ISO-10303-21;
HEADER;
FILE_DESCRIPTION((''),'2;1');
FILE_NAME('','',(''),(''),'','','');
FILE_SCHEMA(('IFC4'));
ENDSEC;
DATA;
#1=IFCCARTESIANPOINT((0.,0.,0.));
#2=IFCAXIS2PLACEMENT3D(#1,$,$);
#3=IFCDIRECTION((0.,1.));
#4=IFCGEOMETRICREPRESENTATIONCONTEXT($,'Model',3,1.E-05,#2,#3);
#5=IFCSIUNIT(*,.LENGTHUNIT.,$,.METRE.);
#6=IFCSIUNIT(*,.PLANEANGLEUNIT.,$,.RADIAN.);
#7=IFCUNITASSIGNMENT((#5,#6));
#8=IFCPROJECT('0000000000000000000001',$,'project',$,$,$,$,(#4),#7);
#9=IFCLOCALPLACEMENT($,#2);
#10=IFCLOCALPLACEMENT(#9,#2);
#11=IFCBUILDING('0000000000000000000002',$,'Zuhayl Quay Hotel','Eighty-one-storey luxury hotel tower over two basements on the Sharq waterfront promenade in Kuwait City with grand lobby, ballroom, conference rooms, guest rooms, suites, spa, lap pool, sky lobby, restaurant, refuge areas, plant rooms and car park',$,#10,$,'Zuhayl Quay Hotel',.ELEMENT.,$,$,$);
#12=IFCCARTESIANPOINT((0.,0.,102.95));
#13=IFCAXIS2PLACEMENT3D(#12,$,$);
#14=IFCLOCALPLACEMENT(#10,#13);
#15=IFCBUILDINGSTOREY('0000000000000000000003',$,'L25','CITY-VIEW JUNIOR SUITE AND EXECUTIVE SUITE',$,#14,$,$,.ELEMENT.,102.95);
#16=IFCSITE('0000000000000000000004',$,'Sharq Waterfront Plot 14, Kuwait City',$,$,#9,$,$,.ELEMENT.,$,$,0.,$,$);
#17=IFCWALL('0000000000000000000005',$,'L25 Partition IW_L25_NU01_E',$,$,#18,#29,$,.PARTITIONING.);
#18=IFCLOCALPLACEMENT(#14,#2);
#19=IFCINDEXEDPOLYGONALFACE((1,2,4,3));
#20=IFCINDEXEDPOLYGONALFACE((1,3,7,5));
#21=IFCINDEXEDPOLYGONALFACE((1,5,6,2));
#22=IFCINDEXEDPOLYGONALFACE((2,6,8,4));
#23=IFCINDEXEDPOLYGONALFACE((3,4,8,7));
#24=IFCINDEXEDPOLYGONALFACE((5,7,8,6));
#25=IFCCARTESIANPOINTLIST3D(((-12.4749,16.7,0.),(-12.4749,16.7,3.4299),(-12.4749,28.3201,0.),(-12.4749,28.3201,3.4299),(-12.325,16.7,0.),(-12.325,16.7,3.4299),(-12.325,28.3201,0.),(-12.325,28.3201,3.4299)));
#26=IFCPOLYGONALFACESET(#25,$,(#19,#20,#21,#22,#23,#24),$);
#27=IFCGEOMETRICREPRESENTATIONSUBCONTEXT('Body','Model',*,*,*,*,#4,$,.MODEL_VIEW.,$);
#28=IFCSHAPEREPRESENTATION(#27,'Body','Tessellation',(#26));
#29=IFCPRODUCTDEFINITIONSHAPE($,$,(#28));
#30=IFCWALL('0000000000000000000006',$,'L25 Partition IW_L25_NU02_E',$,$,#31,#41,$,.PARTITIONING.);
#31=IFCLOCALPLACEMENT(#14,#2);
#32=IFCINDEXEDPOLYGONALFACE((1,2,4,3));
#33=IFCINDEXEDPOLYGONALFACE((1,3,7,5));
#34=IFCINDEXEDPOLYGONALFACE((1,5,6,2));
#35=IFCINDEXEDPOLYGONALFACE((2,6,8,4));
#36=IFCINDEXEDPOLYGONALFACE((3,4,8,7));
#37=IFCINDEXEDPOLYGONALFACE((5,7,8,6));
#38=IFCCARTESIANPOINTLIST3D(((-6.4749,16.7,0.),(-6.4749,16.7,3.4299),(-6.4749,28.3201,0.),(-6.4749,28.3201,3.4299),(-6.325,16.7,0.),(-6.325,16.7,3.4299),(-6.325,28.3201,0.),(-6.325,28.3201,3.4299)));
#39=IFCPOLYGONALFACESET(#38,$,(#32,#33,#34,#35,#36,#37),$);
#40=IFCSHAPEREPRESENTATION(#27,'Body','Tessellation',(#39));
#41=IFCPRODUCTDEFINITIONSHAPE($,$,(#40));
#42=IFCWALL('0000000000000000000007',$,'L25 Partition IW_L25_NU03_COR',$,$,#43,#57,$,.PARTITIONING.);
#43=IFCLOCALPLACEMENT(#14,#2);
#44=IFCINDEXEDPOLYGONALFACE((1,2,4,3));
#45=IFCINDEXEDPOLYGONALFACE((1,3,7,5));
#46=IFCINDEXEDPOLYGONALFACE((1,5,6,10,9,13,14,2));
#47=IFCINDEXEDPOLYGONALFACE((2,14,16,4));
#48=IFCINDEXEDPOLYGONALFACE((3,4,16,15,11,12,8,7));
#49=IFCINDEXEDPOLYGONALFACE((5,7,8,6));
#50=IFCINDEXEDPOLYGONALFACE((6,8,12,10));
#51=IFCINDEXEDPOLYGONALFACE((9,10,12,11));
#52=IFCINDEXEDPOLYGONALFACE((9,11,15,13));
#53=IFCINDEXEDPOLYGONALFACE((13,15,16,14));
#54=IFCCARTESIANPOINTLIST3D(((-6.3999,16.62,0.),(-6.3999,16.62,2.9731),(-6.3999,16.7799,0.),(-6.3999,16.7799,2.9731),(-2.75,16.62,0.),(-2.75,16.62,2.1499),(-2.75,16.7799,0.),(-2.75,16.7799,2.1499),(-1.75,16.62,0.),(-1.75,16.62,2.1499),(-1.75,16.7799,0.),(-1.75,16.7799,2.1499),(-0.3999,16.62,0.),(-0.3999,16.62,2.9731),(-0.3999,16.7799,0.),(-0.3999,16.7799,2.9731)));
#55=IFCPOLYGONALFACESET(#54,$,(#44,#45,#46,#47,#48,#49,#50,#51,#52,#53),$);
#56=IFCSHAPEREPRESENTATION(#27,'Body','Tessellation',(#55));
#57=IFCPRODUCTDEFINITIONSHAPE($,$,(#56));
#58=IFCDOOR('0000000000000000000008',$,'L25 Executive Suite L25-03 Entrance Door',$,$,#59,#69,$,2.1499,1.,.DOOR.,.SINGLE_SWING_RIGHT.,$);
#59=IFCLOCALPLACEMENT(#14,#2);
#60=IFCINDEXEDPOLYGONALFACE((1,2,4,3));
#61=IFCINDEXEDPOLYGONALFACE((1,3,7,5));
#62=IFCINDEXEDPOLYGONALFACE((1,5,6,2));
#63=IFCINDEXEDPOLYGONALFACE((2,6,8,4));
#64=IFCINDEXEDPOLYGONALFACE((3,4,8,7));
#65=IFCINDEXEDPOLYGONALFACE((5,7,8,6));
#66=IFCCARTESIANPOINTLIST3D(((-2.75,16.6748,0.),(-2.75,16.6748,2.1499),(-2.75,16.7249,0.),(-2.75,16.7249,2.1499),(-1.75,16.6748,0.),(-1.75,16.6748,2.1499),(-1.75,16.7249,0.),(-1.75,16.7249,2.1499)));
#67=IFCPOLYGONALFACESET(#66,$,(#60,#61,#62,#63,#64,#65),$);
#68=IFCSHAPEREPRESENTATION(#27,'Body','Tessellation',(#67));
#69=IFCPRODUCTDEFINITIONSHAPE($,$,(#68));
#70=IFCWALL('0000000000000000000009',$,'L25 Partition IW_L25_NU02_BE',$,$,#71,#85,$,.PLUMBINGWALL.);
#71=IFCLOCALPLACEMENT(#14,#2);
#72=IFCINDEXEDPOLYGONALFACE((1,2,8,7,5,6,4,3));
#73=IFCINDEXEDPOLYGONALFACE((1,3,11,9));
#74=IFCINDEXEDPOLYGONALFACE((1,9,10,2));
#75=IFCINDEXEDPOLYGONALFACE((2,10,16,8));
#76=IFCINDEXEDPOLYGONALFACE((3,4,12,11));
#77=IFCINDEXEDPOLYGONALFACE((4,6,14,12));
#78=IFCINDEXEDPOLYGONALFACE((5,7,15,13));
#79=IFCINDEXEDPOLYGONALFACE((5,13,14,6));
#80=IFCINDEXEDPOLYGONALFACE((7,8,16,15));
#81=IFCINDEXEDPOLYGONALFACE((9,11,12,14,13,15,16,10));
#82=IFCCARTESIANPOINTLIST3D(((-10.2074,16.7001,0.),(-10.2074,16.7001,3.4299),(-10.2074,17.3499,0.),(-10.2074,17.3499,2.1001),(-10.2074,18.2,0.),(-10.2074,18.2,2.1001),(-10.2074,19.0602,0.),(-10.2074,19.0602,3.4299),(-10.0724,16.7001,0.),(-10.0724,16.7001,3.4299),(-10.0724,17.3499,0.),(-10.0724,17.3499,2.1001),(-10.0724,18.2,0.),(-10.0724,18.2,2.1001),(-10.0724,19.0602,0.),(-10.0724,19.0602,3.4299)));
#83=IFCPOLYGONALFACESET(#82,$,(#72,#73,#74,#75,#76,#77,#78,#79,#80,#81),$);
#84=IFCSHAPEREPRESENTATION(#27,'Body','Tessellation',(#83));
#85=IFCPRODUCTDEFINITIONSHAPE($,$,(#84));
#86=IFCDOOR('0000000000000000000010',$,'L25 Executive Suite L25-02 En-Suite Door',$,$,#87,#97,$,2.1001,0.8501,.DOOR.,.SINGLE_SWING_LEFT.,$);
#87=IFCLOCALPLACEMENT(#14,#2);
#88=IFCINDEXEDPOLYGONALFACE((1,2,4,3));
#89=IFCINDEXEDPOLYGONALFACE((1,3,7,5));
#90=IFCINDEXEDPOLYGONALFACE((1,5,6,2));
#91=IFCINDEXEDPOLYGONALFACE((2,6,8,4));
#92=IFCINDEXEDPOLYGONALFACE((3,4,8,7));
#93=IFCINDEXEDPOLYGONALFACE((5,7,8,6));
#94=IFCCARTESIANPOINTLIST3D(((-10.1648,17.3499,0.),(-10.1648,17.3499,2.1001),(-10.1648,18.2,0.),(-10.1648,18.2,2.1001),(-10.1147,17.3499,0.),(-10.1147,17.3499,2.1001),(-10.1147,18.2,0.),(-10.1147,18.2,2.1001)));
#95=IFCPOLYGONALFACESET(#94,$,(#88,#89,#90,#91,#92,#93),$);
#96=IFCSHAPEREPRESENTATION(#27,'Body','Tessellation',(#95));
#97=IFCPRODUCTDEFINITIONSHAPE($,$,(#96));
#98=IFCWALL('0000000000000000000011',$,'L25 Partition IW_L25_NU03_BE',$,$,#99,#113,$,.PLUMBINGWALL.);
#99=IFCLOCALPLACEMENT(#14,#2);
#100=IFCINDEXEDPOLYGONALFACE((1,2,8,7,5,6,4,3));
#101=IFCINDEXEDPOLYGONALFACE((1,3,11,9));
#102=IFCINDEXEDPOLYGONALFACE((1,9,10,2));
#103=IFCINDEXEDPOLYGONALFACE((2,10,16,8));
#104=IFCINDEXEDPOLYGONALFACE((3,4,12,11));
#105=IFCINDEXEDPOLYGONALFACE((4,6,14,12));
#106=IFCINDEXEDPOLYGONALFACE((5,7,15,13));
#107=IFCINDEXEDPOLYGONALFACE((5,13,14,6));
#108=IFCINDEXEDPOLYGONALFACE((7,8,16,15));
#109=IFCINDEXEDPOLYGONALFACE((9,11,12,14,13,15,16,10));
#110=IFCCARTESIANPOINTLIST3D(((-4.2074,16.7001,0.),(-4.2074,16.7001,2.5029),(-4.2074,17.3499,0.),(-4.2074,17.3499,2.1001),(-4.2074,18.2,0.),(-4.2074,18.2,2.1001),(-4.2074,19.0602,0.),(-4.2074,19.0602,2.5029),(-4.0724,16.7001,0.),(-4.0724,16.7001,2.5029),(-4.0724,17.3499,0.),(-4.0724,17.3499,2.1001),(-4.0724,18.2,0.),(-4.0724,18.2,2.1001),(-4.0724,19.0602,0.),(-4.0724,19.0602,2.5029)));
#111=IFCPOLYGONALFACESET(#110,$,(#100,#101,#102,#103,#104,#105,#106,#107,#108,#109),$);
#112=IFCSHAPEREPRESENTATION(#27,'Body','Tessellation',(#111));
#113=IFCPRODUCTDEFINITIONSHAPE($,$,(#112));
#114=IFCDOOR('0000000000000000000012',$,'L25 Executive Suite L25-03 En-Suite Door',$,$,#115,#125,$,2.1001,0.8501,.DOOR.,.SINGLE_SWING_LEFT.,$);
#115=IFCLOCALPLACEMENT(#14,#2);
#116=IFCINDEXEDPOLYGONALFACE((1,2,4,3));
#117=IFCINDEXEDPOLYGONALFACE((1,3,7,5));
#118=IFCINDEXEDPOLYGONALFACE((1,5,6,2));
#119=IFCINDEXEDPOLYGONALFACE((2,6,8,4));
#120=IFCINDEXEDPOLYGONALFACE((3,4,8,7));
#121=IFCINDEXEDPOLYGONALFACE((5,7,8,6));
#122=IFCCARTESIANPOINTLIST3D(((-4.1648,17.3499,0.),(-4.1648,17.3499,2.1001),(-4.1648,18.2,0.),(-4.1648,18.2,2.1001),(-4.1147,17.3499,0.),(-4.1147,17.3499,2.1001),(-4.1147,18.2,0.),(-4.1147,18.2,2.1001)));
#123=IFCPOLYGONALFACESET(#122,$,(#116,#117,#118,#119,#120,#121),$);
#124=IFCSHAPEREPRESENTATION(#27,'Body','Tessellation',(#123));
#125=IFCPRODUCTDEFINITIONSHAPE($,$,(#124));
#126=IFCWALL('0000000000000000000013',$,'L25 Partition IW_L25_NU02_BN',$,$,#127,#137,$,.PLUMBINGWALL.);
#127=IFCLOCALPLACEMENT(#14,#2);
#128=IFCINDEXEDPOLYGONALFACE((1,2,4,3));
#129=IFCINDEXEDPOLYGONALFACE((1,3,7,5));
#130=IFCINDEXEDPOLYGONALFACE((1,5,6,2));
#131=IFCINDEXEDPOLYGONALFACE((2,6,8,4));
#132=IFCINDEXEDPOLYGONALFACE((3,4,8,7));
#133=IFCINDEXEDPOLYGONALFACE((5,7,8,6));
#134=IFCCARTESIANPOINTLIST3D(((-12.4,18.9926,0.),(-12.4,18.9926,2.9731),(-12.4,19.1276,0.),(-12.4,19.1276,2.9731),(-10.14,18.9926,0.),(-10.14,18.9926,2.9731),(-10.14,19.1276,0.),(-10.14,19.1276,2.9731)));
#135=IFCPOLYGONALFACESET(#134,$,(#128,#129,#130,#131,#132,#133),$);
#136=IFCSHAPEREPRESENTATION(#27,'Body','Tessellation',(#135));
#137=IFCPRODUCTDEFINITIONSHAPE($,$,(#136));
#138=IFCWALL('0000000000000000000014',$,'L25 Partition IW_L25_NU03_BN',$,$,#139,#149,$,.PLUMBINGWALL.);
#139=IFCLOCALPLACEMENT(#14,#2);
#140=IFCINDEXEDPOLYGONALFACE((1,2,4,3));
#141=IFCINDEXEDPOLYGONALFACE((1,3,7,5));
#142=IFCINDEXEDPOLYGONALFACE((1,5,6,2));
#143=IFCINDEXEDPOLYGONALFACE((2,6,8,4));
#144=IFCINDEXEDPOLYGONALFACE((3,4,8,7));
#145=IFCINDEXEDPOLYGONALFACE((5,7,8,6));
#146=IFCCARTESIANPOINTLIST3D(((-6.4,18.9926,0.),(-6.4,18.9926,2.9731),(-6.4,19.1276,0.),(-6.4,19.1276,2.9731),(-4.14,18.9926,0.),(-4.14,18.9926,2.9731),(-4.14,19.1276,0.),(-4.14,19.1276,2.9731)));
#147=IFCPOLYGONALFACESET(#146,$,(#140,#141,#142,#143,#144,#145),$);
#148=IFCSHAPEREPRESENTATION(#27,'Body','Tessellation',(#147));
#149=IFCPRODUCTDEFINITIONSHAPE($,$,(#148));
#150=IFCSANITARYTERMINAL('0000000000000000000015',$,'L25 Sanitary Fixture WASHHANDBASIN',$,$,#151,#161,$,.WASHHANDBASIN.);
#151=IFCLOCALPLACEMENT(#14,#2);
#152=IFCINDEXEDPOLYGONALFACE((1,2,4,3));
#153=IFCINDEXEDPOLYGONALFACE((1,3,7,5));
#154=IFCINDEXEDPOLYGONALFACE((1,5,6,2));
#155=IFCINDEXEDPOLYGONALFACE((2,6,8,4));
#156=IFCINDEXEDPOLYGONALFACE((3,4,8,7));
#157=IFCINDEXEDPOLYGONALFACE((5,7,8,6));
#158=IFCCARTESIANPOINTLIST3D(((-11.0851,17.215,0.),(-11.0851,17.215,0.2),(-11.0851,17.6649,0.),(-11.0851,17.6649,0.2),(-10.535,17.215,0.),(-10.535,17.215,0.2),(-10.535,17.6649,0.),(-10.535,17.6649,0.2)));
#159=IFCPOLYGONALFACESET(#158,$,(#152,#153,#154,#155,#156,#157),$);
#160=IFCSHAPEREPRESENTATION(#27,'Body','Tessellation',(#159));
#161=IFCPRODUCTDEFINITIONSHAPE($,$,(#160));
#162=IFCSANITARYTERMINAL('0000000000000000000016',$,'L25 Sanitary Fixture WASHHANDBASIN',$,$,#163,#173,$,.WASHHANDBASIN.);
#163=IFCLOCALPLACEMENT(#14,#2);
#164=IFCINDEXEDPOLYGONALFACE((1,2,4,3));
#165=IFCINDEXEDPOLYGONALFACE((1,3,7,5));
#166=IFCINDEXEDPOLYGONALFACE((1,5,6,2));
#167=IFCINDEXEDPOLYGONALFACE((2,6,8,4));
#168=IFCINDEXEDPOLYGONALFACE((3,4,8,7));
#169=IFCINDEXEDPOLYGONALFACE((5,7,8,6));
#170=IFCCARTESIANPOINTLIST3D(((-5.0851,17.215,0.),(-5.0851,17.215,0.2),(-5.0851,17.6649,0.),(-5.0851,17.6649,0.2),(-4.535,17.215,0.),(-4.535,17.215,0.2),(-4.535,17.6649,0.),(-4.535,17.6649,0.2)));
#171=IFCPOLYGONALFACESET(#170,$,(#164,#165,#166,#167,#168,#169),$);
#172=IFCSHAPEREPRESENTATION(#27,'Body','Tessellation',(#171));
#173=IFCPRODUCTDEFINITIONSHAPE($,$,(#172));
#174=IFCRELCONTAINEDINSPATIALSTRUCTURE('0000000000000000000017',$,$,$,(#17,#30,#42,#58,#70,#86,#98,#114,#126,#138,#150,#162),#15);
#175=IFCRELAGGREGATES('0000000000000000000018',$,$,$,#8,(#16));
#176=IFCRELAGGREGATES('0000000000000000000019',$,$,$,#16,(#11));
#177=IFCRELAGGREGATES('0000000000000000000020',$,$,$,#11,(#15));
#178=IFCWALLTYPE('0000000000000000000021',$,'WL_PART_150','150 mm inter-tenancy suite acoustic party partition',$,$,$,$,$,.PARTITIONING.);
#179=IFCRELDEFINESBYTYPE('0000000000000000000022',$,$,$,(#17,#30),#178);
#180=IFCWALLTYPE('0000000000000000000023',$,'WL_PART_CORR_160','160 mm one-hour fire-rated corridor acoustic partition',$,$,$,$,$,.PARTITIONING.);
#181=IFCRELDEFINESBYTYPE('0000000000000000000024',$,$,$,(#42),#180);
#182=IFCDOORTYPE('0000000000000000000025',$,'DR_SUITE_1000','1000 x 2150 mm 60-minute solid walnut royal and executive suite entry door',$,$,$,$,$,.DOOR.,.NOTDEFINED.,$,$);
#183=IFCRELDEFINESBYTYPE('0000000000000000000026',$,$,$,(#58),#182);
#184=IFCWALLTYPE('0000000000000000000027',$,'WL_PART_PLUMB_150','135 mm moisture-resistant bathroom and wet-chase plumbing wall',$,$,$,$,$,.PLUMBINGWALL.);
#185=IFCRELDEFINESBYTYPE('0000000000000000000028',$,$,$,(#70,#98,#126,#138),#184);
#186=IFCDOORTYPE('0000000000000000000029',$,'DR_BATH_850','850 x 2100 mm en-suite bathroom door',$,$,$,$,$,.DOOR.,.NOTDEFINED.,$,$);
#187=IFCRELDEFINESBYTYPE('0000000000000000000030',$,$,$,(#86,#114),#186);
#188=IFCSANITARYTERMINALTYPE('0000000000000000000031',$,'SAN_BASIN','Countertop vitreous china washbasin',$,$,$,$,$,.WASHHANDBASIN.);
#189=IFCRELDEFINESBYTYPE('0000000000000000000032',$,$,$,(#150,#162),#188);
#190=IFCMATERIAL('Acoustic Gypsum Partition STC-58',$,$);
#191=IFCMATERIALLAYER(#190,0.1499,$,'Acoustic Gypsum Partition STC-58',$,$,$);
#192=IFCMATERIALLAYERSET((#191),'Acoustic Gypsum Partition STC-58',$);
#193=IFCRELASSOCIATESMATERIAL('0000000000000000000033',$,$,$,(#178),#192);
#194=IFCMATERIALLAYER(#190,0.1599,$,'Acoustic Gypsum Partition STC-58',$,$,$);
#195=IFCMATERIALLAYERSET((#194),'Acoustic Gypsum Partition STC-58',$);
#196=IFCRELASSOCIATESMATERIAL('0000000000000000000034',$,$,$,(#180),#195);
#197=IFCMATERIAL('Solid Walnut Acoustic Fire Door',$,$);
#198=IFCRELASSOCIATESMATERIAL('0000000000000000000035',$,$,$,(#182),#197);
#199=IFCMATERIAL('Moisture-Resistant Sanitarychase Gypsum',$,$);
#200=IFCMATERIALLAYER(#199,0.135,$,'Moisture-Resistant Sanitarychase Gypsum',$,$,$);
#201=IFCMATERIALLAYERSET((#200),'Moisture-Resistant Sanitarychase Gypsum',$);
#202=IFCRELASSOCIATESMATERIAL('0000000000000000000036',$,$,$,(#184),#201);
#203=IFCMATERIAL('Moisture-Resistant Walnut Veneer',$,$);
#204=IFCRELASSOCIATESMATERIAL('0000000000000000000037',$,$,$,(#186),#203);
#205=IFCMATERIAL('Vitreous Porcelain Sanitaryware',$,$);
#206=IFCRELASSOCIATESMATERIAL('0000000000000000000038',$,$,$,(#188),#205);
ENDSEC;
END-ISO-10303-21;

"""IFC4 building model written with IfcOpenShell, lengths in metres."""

from ifc_helpers import new_model, si_unit, direction, frame, frame_2d, origin, origin_2d, place, context, subcontext, project, spatial, rectangle, extrude, material, layer, layer_set, type_object, element, fill, save


model = new_model("IFC4")

# Units and contexts
model_context = context("Model", 3, precision=1e-05, world=origin(), true_north=direction((0.0, 1.0)))
body_context = subcontext(model_context, "Body", "Model", "MODEL_VIEW")
ifc_project = project(units=[si_unit("LENGTHUNIT", "METRE"), si_unit("PLANEANGLEUNIT", "RADIAN")], contexts=[model_context])

# Site, building, storey
site_placement = place(None, origin())
site = spatial("IfcSite", under=ifc_project, at=site_placement, Name="Sharq Waterfront Plot 14, Kuwait City", CompositionType="ELEMENT", RefElevation=0.0)
building_placement = place(site_placement, origin())
building = spatial("IfcBuilding", under=site, at=building_placement, Name="Zuhayl Quay Hotel", Description="Eighty-one-storey luxury hotel tower over two basements on the Sharq waterfront promenade in Kuwait City with grand lobby, ballroom, conference rooms, guest rooms, suites, spa, lap pool, sky lobby, restaurant, refuge areas, plant rooms and car park", LongName="Zuhayl Quay Hotel", CompositionType="ELEMENT")
storey_placement = place(building_placement, frame((0.0, 0.0, 102.95)))
storey = spatial("IfcBuildingStorey", under=building, at=storey_placement, Name="L25", Description="CITY-VIEW JUNIOR SUITE AND EXECUTIVE SUITE", CompositionType="ELEMENT", Elevation=102.95)

# Walls
ifc_material_1 = material(Name="Acoustic Gypsum Partition STC-58")
ifc_layer_1 = layer(ifc_material_1, 0.1499, Name="Acoustic Gypsum Partition STC-58")
ifc_layer_set_1 = layer_set([ifc_layer_1], Name="Acoustic Gypsum Partition STC-58")
wall_type_1 = type_object("IfcWallType", Name="WL_PART_150", Description="150 mm inter-tenancy suite acoustic party partition", PredefinedType="PARTITIONING", material=ifc_layer_set_1)
for number, where, z_axis, x_axis, name in (
    (1, (-12.3999, 16.7, 0.0), (0.0, 0.0, 1.0), (0.0, 1.0, 0.0), "L25 Partition IW_L25_NU01_E"),
    (2, (-6.3999, 16.7, 0.0), (0.0, 0.0, 1.0), (0.0, 1.0, 0.0), "L25 Partition IW_L25_NU02_E"),
):
    element("IfcWall", number, at=place(storey_placement, frame(where, z_axis=z_axis, x_axis=x_axis)), inside=storey, type_object=wall_type_1, Name=name, PredefinedType="PARTITIONING", context=body_context, shape_type="SweptSolid", body=[
        extrude(rectangle(XDim=11.6201, YDim=0.1499, at=frame_2d((5.8101, 0.0))), origin(), (0.0, 0.0, 1.0), 3.4299),
    ])

# Walls, openings, doors
ifc_layer_2 = layer(ifc_material_1, 0.1599, Name="Acoustic Gypsum Partition STC-58")
ifc_layer_set_2 = layer_set([ifc_layer_2], Name="Acoustic Gypsum Partition STC-58")
wall_type_2 = type_object("IfcWallType", Name="WL_PART_CORR_160", Description="160 mm one-hour fire-rated corridor acoustic partition", PredefinedType="PARTITIONING", material=ifc_layer_set_2)
wall_1_placement = place(storey_placement, frame((-6.3999, 16.7, 0.0), z_axis=(0.0, 0.0, 1.0), x_axis=(1.0, 0.0, 0.0)))
wall_1 = element("IfcWall", 3, at=wall_1_placement, inside=storey, type_object=wall_type_2, Name="L25 Partition IW_L25_NU03_COR", PredefinedType="PARTITIONING", context=body_context, shape_type="SweptSolid", body=[
    extrude(rectangle(XDim=6.0, YDim=0.1599, at=frame_2d((3.0, 0.0))), origin(), (0.0, 0.0, 1.0), 2.9731),
])
opening_1_placement = place(wall_1_placement, frame((3.6499, 0.0, 0.0)))
opening_1 = element("IfcOpeningElement", 4, at=opening_1_placement, cuts=wall_1, PredefinedType="OPENING", context=body_context, shape_type="SweptSolid", body=[
    extrude(rectangle(XDim=1.0, YDim=2.1499, at=frame_2d((0.5, 1.075))), frame((0.0, 0.0898, 0.0), z_axis=(0.0, -1.0, 0.0), x_axis=(1.0, 0.0, 0.0)), (0.0, 0.0, 1.0), 0.1799),
])
ifc_material_2 = material(Name="Solid Walnut Acoustic Fire Door")
door_type_1 = type_object("IfcDoorType", Name="DR_SUITE_1000", Description="1000 x 2150 mm 60-minute solid walnut royal and executive suite entry door", OperationType="NOTDEFINED", PredefinedType="DOOR", material=ifc_material_2)
door_1_placement = place(opening_1_placement, origin())
door_1 = element("IfcDoor", 5, at=door_1_placement, inside=storey, type_object=door_type_1, Name="L25 Executive Suite L25-03 Entrance Door", OperationType="SINGLE_SWING_RIGHT", OverallHeight=2.1499, OverallWidth=1.0, PredefinedType="DOOR", context=body_context, shape_type="SweptSolid", body=[
    extrude(rectangle(XDim=1.0, YDim=2.1499, at=frame_2d((0.5, 1.075))), frame((0.0, 0.0249, 0.0), z_axis=(0.0, -1.0, 0.0), x_axis=(1.0, 0.0, 0.0)), (0.0, 0.0, 1.0), 0.05),
])
fill(opening_1, door_1)
ifc_material_3 = material(Name="Moisture-Resistant Sanitarychase Gypsum")
ifc_layer_3 = layer(ifc_material_3, 0.135, Name="Moisture-Resistant Sanitarychase Gypsum")
ifc_layer_set_3 = layer_set([ifc_layer_3], Name="Moisture-Resistant Sanitarychase Gypsum")
wall_type_3 = type_object("IfcWallType", Name="WL_PART_PLUMB_150", Description="135 mm moisture-resistant bathroom and wet-chase plumbing wall", PredefinedType="PLUMBINGWALL", material=ifc_layer_set_3)
wall_2_placement = place(storey_placement, frame((-10.1399, 16.7, 0.0), z_axis=(0.0, 0.0, 1.0), x_axis=(0.0, 1.0, 0.0)))
wall_2 = element("IfcWall", 6, at=wall_2_placement, inside=storey, type_object=wall_type_3, Name="L25 Partition IW_L25_NU02_BE", PredefinedType="PLUMBINGWALL", context=body_context, shape_type="SweptSolid", body=[
    extrude(rectangle(XDim=2.3601, YDim=0.135, at=frame_2d((1.1802, 0.0))), origin(), (0.0, 0.0, 1.0), 3.4299),
])
opening_2_placement = place(wall_2_placement, frame((0.6499, 0.0, 0.0)))
opening_2 = element("IfcOpeningElement", 7, at=opening_2_placement, cuts=wall_2, PredefinedType="OPENING", context=body_context, shape_type="SweptSolid", body=[
    extrude(rectangle(XDim=0.8501, YDim=2.1001, at=frame_2d((0.425, 1.05))), frame((0.0, 0.0774, 0.0), z_axis=(0.0, -1.0, 0.0), x_axis=(1.0, 0.0, 0.0)), (0.0, 0.0, 1.0), 0.155),
])
ifc_material_4 = material(Name="Moisture-Resistant Walnut Veneer")
door_type_2 = type_object("IfcDoorType", Name="DR_BATH_850", Description="850 x 2100 mm en-suite bathroom door", OperationType="NOTDEFINED", PredefinedType="DOOR", material=ifc_material_4)
door_2_placement = place(opening_2_placement, origin())
door_2 = element("IfcDoor", 8, at=door_2_placement, inside=storey, type_object=door_type_2, Name="L25 Executive Suite L25-02 En-Suite Door", OperationType="SINGLE_SWING_LEFT", OverallHeight=2.1001, OverallWidth=0.8501, PredefinedType="DOOR", context=body_context, shape_type="SweptSolid", body=[
    extrude(rectangle(XDim=0.8501, YDim=2.1001, at=frame_2d((0.425, 1.05))), frame((0.0, 0.0249, 0.0), z_axis=(0.0, -1.0, 0.0), x_axis=(1.0, 0.0, 0.0)), (0.0, 0.0, 1.0), 0.05),
])
fill(opening_2, door_2)
wall_3_placement = place(storey_placement, frame((-4.1399, 16.7, 0.0), z_axis=(0.0, 0.0, 1.0), x_axis=(0.0, 1.0, 0.0)))
wall_3 = element("IfcWall", 9, at=wall_3_placement, inside=storey, type_object=wall_type_3, Name="L25 Partition IW_L25_NU03_BE", PredefinedType="PLUMBINGWALL", context=body_context, shape_type="SweptSolid", body=[
    extrude(rectangle(XDim=2.3601, YDim=0.135, at=frame_2d((1.1802, 0.0))), origin(), (0.0, 0.0, 1.0), 2.5029),
])
opening_3_placement = place(wall_3_placement, frame((0.6499, 0.0, 0.0)))
opening_3 = element("IfcOpeningElement", 10, at=opening_3_placement, cuts=wall_3, PredefinedType="OPENING", context=body_context, shape_type="SweptSolid", body=[
    extrude(rectangle(XDim=0.8501, YDim=2.1001, at=frame_2d((0.425, 1.05))), frame((0.0, 0.0774, 0.0), z_axis=(0.0, -1.0, 0.0), x_axis=(1.0, 0.0, 0.0)), (0.0, 0.0, 1.0), 0.155),
])
door_3_placement = place(opening_3_placement, origin())
door_3 = element("IfcDoor", 11, at=door_3_placement, inside=storey, type_object=door_type_2, Name="L25 Executive Suite L25-03 En-Suite Door", OperationType="SINGLE_SWING_LEFT", OverallHeight=2.1001, OverallWidth=0.8501, PredefinedType="DOOR", context=body_context, shape_type="SweptSolid", body=[
    extrude(rectangle(XDim=0.8501, YDim=2.1001, at=frame_2d((0.425, 1.05))), frame((0.0, 0.0249, 0.0), z_axis=(0.0, -1.0, 0.0), x_axis=(1.0, 0.0, 0.0)), (0.0, 0.0, 1.0), 0.05),
])
fill(opening_3, door_3)

# Walls
for number, where, z_axis, x_axis, name in (
    (12, (-12.3999, 19.0601, 0.0), (0.0, 0.0, 1.0), (1.0, 0.0, 0.0), "L25 Partition IW_L25_NU02_BN"),
    (13, (-6.3999, 19.0601, 0.0), (0.0, 0.0, 1.0), (1.0, 0.0, 0.0), "L25 Partition IW_L25_NU03_BN"),
):
    element("IfcWall", number, at=place(storey_placement, frame(where, z_axis=z_axis, x_axis=x_axis)), inside=storey, type_object=wall_type_3, Name=name, PredefinedType="PLUMBINGWALL", context=body_context, shape_type="SweptSolid", body=[
        extrude(rectangle(XDim=2.26, YDim=0.135, at=frame_2d((1.1299, 0.0))), origin(), (0.0, 0.0, 1.0), 2.9731),
    ])

# Sanitary terminals
ifc_material_5 = material(Name="Vitreous Porcelain Sanitaryware")
sanitary_terminal_type_1 = type_object("IfcSanitaryTerminalType", Name="SAN_BASIN", Description="Countertop vitreous china washbasin", PredefinedType="WASHHANDBASIN", material=ifc_material_5)
for number, where, z_axis, x_axis, name in (
    (14, (-10.8101, 17.4399, 0.0), (0.0, 0.0, 1.0), (1.0, 0.0, 0.0), "L25 Sanitary Fixture WASHHANDBASIN"),
    (15, (-4.8101, 17.4399, 0.0), (0.0, 0.0, 1.0), (1.0, 0.0, 0.0), "L25 Sanitary Fixture WASHHANDBASIN"),
):
    element("IfcSanitaryTerminal", number, at=place(storey_placement, frame(where, z_axis=z_axis, x_axis=x_axis)), inside=storey, type_object=sanitary_terminal_type_1, Name=name, PredefinedType="WASHHANDBASIN", context=body_context, shape_type="SweptSolid", body=[
        extrude(rectangle(XDim=0.55, YDim=0.45, at=origin_2d()), origin(), (0.0, 0.0, 1.0), 0.2),
    ])

save(model, "model.ifc")
